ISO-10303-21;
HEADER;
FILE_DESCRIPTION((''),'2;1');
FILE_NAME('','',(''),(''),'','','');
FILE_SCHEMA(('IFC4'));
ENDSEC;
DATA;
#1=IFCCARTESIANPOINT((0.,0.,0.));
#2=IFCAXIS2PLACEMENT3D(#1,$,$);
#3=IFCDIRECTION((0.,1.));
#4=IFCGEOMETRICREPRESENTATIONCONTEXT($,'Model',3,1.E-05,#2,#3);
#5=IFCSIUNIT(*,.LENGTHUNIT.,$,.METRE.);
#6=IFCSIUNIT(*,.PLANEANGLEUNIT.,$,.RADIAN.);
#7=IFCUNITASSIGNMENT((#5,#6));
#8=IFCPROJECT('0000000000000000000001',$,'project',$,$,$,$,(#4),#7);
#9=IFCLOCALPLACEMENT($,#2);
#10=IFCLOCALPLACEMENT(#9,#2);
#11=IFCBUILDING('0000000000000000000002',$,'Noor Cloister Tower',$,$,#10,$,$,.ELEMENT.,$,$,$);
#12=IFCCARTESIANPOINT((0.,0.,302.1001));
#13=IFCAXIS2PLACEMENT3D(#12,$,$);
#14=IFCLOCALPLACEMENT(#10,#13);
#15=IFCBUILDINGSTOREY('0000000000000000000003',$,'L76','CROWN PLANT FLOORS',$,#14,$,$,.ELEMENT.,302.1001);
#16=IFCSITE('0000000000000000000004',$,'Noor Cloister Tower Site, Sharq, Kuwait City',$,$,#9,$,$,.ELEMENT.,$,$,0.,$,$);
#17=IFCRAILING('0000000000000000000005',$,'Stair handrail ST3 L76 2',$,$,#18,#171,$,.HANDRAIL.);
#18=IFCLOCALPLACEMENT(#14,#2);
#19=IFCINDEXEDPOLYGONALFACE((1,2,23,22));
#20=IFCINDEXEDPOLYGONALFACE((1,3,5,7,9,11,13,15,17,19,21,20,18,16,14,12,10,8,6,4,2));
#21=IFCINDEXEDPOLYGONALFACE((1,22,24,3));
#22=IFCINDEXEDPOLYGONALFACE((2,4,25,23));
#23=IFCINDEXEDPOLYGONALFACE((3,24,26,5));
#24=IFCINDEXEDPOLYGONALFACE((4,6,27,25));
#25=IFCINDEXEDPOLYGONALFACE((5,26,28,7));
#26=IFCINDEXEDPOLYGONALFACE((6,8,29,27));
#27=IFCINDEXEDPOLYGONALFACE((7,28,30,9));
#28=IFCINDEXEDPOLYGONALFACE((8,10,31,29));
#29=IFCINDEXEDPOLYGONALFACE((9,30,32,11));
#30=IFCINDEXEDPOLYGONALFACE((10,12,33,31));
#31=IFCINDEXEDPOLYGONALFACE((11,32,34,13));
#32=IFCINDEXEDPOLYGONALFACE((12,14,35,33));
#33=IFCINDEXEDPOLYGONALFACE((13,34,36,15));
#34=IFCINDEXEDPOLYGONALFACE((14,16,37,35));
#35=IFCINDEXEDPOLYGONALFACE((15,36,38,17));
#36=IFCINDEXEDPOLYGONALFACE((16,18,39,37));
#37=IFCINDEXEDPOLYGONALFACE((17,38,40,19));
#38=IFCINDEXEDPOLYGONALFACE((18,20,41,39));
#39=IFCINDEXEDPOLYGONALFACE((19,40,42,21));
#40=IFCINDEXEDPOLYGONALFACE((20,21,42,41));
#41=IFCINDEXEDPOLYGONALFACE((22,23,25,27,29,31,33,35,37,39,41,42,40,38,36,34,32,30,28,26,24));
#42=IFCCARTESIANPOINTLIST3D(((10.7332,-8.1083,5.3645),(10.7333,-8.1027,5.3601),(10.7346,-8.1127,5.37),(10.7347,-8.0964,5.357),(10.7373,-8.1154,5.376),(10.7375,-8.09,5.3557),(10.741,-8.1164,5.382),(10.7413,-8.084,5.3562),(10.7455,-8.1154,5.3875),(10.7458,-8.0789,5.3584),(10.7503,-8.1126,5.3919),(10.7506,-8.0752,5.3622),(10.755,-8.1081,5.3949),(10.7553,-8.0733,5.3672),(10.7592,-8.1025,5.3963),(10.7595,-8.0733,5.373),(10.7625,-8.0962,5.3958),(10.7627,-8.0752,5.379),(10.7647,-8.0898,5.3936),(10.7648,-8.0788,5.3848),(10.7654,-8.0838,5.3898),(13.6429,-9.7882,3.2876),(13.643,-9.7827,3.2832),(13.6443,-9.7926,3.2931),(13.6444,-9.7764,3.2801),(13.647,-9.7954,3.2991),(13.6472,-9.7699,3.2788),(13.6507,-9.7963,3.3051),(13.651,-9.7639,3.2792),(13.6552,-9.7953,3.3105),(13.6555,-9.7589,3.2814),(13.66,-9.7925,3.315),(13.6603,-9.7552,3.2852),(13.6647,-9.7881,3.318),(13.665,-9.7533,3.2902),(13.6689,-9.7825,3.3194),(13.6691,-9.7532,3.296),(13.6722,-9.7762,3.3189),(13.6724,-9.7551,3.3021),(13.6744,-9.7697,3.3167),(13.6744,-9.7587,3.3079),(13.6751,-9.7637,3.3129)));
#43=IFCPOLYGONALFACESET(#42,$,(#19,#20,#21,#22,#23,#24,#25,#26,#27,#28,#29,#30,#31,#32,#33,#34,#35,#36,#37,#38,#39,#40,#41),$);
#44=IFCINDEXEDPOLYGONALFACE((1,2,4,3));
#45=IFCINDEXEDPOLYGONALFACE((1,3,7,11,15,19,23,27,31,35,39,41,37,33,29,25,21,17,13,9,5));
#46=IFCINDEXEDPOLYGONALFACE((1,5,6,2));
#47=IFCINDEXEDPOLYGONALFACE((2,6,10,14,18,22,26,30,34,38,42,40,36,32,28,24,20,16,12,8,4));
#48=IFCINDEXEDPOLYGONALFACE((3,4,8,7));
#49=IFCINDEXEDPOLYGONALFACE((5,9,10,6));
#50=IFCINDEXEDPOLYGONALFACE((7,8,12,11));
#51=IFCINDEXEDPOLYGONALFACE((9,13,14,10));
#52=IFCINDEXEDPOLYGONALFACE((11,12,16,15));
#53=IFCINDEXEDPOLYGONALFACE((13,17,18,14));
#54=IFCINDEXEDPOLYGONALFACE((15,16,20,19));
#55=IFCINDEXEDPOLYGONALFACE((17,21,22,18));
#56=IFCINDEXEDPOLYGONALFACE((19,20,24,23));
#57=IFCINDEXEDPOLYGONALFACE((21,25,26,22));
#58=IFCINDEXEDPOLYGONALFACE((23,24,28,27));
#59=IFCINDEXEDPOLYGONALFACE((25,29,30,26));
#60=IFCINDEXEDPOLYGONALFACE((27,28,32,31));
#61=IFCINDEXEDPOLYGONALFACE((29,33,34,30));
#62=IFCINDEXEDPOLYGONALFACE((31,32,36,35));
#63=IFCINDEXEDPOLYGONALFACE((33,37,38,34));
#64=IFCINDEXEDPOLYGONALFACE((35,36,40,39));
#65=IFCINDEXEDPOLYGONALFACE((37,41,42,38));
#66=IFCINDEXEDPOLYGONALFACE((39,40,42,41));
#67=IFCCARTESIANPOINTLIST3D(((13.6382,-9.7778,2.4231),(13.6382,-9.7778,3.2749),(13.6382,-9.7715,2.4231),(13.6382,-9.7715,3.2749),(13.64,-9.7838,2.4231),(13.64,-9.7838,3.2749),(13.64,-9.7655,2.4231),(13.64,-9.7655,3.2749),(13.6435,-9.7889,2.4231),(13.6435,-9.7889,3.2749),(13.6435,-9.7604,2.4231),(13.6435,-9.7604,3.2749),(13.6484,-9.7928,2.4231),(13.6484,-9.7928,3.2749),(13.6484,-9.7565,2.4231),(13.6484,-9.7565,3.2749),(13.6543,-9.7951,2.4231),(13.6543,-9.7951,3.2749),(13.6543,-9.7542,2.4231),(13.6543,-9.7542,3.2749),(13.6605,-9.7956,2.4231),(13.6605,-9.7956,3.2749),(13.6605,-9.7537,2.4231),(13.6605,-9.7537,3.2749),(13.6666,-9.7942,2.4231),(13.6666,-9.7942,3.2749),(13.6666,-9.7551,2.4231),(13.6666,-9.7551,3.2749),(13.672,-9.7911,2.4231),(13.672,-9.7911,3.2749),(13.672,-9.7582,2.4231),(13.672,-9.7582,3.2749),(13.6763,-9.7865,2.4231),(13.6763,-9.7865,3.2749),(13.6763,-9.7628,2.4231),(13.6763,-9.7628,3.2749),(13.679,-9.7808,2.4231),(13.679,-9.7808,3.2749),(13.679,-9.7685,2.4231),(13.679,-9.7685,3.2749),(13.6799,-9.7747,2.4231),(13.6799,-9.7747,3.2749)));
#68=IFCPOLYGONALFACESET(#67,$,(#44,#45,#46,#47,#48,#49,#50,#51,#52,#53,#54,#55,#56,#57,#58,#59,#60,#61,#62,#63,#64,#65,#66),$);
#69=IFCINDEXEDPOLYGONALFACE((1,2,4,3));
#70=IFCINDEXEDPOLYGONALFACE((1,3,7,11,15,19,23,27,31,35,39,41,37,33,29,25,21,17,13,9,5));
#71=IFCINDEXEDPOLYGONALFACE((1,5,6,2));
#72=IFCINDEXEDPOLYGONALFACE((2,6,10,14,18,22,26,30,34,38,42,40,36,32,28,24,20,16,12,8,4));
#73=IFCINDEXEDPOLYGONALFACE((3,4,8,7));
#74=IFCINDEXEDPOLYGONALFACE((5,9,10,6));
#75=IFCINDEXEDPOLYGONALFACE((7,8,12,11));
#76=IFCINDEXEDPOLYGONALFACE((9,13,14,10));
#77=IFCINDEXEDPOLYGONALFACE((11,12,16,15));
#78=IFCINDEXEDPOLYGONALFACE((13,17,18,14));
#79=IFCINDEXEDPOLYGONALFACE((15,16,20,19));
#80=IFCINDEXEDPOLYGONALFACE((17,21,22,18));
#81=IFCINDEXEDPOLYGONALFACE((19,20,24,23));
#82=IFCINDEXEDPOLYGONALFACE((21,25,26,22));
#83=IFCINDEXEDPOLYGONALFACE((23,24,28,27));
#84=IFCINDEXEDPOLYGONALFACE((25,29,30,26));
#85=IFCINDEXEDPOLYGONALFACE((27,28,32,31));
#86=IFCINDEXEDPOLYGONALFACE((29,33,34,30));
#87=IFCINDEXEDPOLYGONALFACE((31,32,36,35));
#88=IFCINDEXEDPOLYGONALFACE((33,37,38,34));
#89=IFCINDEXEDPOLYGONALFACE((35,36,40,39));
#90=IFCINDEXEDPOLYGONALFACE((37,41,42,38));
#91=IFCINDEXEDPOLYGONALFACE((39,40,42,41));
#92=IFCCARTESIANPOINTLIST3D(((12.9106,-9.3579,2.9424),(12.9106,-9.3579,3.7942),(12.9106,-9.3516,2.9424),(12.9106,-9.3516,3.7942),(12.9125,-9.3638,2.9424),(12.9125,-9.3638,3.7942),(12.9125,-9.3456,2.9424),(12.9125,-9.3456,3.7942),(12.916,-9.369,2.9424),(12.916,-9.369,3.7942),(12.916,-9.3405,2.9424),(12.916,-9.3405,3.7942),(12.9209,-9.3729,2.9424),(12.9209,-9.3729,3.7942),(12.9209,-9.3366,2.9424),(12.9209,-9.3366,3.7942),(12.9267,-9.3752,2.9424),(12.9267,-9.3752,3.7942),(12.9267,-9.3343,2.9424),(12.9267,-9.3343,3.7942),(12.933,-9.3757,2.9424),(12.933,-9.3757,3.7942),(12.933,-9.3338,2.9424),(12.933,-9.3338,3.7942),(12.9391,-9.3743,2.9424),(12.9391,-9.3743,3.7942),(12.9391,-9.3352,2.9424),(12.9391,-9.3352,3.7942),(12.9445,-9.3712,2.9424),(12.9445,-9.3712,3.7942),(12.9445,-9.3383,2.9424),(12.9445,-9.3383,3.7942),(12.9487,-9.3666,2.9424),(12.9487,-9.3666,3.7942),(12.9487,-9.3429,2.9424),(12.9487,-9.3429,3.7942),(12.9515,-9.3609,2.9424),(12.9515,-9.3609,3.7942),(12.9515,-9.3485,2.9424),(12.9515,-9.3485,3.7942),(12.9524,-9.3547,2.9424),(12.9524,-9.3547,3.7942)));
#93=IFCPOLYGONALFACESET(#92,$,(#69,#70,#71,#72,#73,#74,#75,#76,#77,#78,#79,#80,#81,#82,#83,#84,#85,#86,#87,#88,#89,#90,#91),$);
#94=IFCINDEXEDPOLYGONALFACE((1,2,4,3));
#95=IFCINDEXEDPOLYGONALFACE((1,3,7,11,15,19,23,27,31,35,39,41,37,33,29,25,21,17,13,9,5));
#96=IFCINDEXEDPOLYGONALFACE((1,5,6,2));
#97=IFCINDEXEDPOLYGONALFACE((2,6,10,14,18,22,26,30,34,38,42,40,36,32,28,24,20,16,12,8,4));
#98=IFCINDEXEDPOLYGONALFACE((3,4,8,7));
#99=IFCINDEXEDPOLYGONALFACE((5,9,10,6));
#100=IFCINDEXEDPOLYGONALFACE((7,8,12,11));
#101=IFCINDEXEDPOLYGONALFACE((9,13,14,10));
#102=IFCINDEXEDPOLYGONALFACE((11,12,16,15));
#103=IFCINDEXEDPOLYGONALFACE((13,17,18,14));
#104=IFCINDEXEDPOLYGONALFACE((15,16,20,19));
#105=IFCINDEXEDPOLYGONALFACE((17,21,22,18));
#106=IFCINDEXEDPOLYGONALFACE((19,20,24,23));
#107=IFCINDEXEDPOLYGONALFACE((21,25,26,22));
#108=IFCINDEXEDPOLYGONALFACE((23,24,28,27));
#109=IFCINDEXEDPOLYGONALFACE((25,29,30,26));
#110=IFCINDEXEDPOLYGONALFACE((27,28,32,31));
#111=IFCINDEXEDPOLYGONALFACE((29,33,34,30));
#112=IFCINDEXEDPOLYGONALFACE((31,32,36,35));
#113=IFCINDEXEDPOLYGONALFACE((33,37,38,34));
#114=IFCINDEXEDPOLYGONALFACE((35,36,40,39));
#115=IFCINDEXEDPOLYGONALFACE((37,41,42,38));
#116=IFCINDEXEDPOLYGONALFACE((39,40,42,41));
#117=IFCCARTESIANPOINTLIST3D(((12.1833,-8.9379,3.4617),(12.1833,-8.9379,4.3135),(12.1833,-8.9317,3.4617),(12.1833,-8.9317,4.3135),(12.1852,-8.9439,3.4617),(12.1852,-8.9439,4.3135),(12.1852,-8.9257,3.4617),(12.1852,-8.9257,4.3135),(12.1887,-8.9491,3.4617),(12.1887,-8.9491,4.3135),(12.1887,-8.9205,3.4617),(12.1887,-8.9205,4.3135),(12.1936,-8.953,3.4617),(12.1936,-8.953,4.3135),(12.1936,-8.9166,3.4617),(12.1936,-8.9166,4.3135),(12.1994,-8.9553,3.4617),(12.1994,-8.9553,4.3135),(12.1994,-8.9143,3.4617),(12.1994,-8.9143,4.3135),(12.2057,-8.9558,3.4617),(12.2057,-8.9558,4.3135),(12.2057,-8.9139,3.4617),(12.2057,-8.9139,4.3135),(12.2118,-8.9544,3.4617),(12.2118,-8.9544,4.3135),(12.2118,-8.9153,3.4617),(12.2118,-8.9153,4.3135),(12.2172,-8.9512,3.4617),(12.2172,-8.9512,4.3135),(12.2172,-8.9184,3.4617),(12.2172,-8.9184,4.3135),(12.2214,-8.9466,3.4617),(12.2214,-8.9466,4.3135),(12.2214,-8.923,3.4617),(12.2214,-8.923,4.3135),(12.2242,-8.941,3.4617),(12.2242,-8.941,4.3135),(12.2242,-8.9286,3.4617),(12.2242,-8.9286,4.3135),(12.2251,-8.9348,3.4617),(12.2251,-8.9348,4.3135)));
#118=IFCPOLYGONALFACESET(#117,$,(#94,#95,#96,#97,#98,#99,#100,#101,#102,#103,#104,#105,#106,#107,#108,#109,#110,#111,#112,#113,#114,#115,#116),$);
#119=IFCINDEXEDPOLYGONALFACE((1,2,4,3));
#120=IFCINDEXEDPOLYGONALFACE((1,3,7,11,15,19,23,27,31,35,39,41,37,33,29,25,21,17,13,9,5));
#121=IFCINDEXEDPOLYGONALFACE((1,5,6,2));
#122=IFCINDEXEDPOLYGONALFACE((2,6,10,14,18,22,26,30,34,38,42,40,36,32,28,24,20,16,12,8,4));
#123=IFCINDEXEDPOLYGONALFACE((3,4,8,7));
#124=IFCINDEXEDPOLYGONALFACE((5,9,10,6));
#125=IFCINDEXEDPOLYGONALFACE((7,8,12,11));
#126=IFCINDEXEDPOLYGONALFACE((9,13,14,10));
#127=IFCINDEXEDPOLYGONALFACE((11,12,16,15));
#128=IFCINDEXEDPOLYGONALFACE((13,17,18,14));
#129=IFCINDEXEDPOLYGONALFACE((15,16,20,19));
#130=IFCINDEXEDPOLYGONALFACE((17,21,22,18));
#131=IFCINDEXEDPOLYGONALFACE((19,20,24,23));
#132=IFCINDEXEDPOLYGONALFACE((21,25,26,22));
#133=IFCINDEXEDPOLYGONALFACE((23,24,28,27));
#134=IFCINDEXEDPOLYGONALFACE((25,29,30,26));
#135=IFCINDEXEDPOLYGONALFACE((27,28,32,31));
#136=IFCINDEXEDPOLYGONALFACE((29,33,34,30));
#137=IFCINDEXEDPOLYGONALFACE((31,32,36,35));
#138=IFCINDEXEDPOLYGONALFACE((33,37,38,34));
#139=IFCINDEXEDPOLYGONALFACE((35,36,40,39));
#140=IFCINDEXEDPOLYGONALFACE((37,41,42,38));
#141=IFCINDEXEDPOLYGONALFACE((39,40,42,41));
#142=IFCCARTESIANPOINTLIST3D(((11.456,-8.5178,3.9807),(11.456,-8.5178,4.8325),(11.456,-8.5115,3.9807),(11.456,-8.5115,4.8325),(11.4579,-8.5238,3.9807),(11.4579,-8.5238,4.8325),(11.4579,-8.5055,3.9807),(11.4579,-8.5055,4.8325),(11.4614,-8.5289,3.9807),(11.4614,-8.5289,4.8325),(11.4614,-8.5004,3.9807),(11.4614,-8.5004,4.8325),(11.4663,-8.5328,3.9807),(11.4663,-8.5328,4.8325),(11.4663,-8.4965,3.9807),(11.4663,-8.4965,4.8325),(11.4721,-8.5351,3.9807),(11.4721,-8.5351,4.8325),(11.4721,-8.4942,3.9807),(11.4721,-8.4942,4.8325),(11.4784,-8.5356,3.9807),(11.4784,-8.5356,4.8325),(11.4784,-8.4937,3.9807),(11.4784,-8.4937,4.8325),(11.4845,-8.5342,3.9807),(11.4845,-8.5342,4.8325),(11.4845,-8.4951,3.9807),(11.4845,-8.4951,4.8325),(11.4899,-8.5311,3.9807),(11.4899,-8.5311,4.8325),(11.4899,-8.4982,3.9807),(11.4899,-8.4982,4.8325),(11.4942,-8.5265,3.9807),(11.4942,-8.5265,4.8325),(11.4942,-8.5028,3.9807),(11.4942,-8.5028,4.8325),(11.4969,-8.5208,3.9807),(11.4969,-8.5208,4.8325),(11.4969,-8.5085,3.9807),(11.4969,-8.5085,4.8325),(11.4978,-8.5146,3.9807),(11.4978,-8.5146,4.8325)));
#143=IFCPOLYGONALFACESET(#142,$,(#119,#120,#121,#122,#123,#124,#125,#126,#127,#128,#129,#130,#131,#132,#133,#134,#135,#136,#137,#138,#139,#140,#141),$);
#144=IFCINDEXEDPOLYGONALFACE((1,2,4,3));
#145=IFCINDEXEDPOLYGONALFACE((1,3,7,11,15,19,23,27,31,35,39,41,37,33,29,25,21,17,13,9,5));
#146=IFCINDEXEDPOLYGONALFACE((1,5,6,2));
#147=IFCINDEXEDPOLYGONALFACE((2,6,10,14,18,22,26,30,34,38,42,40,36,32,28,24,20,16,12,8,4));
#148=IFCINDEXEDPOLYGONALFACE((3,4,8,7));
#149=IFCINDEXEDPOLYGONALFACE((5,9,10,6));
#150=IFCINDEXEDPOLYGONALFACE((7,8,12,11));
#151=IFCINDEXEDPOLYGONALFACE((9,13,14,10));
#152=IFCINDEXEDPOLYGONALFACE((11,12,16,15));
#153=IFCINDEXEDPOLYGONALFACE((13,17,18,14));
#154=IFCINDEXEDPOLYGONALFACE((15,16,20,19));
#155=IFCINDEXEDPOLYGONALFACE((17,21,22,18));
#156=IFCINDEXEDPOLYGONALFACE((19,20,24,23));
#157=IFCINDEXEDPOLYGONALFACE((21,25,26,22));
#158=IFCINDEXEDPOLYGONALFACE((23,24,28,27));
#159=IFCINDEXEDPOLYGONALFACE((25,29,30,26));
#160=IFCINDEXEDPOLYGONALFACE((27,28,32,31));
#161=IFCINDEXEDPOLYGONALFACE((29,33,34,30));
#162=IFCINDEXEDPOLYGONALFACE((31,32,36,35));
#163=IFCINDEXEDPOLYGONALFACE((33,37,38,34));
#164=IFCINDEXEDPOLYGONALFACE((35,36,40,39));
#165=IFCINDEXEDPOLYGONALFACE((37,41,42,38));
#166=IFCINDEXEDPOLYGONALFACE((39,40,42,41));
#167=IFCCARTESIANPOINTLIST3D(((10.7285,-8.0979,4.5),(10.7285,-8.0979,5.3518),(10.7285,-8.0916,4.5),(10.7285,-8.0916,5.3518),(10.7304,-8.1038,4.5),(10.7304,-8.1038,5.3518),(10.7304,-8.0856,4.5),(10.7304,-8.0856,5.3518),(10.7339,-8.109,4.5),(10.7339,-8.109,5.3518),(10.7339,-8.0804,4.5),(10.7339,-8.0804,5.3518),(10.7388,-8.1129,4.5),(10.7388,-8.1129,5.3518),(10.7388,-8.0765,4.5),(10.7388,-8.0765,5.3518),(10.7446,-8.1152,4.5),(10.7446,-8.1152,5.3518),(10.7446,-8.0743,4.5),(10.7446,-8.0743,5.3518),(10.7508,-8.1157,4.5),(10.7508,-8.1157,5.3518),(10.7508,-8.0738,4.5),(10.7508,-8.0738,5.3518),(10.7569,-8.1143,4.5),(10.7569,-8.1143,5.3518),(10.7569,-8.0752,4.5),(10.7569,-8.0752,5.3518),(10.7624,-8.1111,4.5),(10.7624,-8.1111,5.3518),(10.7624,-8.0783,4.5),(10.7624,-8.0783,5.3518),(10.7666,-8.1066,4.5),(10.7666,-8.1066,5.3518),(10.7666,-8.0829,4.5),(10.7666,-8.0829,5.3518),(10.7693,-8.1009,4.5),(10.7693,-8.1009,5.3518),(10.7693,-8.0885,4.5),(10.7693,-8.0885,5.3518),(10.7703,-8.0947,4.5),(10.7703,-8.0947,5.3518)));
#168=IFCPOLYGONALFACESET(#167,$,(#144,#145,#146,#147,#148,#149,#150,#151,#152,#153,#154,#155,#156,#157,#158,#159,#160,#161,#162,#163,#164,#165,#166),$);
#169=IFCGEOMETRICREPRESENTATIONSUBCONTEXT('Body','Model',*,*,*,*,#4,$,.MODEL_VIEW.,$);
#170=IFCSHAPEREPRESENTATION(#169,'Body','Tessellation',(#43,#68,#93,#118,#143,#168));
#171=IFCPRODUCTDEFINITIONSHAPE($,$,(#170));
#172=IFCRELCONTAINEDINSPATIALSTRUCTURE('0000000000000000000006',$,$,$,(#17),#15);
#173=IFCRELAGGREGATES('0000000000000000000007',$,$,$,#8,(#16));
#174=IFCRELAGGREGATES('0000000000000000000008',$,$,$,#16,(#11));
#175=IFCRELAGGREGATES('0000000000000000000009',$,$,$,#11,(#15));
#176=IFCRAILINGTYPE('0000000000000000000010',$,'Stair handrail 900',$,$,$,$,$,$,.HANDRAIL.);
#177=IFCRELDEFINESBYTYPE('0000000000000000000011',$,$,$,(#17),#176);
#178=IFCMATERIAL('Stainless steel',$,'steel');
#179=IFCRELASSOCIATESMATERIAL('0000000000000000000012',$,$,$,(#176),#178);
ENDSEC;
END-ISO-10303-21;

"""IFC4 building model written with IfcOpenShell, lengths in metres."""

from ifc_helpers import new_model, si_unit, direction, frame, origin, origin_2d, place, context, subcontext, project, spatial, circle, extrude, material, type_object, element, save


model = new_model("IFC4")

# Units and contexts
model_context = context("Model", 3, precision=1e-05, world=origin(), true_north=direction((0.0, 1.0)))
body_context = subcontext(model_context, "Body", "Model", "MODEL_VIEW")
ifc_project = project(units=[si_unit("LENGTHUNIT", "METRE"), si_unit("PLANEANGLEUNIT", "RADIAN")], contexts=[model_context])

# Site, building, storey
site_placement = place(None, origin())
site = spatial("IfcSite", under=ifc_project, at=site_placement, Name="Noor Cloister Tower Site, Sharq, Kuwait City", CompositionType="ELEMENT", RefElevation=0.0)
building_placement = place(site_placement, origin())
building = spatial("IfcBuilding", under=site, at=building_placement, Name="Noor Cloister Tower", CompositionType="ELEMENT")
storey_placement = place(building_placement, frame((0.0, 0.0, 302.1001)))
storey = spatial("IfcBuildingStorey", under=building, at=storey_placement, Name="L76", Description="CROWN PLANT FLOORS", CompositionType="ELEMENT", Elevation=302.1001)

# Railing
ifc_material_1 = material(Name="Stainless steel", Category="steel")
railing_type_1 = type_object("IfcRailingType", Name="Stair handrail 900", PredefinedType="HANDRAIL", material=ifc_material_1)
railing_1_placement = place(storey_placement, frame((13.6589, -9.7747, 2.4231)))
element("IfcRailing", 1, at=railing_1_placement, inside=storey, type_object=railing_type_1, Name="Stair handrail ST3 L76 2", PredefinedType="HANDRAIL", context=body_context, shape_type="SweptSolid", body=[
    extrude(circle(Radius=0.0239, at=origin_2d()), frame((0.0, 0.0, 0.876), z_axis=(-0.73664, 0.425308, 0.525809), x_axis=(-0.500008, -0.866021, 0.0)), (0.0, 0.0, 1.0), 3.95),
    extrude(circle(Radius=0.021, at=origin_2d()), origin(), (0.0, 0.0, 1.0), 0.8518),
    extrude(circle(Radius=0.021, at=origin_2d()), frame((-0.7275, 0.4199, 0.5193)), (0.0, 0.0, 1.0), 0.8518),
    extrude(circle(Radius=0.021, at=origin_2d()), frame((-1.4548, 0.8398, 1.0386)), (0.0, 0.0, 1.0), 0.8518),
    extrude(circle(Radius=0.021, at=origin_2d()), frame((-2.1821, 1.26, 1.5576)), (0.0, 0.0, 1.0), 0.8518),
    extrude(circle(Radius=0.021, at=origin_2d()), frame((-2.9097, 1.6799, 2.0769)), (0.0, 0.0, 1.0), 0.8518),
])

save(model, "model.ifc")
